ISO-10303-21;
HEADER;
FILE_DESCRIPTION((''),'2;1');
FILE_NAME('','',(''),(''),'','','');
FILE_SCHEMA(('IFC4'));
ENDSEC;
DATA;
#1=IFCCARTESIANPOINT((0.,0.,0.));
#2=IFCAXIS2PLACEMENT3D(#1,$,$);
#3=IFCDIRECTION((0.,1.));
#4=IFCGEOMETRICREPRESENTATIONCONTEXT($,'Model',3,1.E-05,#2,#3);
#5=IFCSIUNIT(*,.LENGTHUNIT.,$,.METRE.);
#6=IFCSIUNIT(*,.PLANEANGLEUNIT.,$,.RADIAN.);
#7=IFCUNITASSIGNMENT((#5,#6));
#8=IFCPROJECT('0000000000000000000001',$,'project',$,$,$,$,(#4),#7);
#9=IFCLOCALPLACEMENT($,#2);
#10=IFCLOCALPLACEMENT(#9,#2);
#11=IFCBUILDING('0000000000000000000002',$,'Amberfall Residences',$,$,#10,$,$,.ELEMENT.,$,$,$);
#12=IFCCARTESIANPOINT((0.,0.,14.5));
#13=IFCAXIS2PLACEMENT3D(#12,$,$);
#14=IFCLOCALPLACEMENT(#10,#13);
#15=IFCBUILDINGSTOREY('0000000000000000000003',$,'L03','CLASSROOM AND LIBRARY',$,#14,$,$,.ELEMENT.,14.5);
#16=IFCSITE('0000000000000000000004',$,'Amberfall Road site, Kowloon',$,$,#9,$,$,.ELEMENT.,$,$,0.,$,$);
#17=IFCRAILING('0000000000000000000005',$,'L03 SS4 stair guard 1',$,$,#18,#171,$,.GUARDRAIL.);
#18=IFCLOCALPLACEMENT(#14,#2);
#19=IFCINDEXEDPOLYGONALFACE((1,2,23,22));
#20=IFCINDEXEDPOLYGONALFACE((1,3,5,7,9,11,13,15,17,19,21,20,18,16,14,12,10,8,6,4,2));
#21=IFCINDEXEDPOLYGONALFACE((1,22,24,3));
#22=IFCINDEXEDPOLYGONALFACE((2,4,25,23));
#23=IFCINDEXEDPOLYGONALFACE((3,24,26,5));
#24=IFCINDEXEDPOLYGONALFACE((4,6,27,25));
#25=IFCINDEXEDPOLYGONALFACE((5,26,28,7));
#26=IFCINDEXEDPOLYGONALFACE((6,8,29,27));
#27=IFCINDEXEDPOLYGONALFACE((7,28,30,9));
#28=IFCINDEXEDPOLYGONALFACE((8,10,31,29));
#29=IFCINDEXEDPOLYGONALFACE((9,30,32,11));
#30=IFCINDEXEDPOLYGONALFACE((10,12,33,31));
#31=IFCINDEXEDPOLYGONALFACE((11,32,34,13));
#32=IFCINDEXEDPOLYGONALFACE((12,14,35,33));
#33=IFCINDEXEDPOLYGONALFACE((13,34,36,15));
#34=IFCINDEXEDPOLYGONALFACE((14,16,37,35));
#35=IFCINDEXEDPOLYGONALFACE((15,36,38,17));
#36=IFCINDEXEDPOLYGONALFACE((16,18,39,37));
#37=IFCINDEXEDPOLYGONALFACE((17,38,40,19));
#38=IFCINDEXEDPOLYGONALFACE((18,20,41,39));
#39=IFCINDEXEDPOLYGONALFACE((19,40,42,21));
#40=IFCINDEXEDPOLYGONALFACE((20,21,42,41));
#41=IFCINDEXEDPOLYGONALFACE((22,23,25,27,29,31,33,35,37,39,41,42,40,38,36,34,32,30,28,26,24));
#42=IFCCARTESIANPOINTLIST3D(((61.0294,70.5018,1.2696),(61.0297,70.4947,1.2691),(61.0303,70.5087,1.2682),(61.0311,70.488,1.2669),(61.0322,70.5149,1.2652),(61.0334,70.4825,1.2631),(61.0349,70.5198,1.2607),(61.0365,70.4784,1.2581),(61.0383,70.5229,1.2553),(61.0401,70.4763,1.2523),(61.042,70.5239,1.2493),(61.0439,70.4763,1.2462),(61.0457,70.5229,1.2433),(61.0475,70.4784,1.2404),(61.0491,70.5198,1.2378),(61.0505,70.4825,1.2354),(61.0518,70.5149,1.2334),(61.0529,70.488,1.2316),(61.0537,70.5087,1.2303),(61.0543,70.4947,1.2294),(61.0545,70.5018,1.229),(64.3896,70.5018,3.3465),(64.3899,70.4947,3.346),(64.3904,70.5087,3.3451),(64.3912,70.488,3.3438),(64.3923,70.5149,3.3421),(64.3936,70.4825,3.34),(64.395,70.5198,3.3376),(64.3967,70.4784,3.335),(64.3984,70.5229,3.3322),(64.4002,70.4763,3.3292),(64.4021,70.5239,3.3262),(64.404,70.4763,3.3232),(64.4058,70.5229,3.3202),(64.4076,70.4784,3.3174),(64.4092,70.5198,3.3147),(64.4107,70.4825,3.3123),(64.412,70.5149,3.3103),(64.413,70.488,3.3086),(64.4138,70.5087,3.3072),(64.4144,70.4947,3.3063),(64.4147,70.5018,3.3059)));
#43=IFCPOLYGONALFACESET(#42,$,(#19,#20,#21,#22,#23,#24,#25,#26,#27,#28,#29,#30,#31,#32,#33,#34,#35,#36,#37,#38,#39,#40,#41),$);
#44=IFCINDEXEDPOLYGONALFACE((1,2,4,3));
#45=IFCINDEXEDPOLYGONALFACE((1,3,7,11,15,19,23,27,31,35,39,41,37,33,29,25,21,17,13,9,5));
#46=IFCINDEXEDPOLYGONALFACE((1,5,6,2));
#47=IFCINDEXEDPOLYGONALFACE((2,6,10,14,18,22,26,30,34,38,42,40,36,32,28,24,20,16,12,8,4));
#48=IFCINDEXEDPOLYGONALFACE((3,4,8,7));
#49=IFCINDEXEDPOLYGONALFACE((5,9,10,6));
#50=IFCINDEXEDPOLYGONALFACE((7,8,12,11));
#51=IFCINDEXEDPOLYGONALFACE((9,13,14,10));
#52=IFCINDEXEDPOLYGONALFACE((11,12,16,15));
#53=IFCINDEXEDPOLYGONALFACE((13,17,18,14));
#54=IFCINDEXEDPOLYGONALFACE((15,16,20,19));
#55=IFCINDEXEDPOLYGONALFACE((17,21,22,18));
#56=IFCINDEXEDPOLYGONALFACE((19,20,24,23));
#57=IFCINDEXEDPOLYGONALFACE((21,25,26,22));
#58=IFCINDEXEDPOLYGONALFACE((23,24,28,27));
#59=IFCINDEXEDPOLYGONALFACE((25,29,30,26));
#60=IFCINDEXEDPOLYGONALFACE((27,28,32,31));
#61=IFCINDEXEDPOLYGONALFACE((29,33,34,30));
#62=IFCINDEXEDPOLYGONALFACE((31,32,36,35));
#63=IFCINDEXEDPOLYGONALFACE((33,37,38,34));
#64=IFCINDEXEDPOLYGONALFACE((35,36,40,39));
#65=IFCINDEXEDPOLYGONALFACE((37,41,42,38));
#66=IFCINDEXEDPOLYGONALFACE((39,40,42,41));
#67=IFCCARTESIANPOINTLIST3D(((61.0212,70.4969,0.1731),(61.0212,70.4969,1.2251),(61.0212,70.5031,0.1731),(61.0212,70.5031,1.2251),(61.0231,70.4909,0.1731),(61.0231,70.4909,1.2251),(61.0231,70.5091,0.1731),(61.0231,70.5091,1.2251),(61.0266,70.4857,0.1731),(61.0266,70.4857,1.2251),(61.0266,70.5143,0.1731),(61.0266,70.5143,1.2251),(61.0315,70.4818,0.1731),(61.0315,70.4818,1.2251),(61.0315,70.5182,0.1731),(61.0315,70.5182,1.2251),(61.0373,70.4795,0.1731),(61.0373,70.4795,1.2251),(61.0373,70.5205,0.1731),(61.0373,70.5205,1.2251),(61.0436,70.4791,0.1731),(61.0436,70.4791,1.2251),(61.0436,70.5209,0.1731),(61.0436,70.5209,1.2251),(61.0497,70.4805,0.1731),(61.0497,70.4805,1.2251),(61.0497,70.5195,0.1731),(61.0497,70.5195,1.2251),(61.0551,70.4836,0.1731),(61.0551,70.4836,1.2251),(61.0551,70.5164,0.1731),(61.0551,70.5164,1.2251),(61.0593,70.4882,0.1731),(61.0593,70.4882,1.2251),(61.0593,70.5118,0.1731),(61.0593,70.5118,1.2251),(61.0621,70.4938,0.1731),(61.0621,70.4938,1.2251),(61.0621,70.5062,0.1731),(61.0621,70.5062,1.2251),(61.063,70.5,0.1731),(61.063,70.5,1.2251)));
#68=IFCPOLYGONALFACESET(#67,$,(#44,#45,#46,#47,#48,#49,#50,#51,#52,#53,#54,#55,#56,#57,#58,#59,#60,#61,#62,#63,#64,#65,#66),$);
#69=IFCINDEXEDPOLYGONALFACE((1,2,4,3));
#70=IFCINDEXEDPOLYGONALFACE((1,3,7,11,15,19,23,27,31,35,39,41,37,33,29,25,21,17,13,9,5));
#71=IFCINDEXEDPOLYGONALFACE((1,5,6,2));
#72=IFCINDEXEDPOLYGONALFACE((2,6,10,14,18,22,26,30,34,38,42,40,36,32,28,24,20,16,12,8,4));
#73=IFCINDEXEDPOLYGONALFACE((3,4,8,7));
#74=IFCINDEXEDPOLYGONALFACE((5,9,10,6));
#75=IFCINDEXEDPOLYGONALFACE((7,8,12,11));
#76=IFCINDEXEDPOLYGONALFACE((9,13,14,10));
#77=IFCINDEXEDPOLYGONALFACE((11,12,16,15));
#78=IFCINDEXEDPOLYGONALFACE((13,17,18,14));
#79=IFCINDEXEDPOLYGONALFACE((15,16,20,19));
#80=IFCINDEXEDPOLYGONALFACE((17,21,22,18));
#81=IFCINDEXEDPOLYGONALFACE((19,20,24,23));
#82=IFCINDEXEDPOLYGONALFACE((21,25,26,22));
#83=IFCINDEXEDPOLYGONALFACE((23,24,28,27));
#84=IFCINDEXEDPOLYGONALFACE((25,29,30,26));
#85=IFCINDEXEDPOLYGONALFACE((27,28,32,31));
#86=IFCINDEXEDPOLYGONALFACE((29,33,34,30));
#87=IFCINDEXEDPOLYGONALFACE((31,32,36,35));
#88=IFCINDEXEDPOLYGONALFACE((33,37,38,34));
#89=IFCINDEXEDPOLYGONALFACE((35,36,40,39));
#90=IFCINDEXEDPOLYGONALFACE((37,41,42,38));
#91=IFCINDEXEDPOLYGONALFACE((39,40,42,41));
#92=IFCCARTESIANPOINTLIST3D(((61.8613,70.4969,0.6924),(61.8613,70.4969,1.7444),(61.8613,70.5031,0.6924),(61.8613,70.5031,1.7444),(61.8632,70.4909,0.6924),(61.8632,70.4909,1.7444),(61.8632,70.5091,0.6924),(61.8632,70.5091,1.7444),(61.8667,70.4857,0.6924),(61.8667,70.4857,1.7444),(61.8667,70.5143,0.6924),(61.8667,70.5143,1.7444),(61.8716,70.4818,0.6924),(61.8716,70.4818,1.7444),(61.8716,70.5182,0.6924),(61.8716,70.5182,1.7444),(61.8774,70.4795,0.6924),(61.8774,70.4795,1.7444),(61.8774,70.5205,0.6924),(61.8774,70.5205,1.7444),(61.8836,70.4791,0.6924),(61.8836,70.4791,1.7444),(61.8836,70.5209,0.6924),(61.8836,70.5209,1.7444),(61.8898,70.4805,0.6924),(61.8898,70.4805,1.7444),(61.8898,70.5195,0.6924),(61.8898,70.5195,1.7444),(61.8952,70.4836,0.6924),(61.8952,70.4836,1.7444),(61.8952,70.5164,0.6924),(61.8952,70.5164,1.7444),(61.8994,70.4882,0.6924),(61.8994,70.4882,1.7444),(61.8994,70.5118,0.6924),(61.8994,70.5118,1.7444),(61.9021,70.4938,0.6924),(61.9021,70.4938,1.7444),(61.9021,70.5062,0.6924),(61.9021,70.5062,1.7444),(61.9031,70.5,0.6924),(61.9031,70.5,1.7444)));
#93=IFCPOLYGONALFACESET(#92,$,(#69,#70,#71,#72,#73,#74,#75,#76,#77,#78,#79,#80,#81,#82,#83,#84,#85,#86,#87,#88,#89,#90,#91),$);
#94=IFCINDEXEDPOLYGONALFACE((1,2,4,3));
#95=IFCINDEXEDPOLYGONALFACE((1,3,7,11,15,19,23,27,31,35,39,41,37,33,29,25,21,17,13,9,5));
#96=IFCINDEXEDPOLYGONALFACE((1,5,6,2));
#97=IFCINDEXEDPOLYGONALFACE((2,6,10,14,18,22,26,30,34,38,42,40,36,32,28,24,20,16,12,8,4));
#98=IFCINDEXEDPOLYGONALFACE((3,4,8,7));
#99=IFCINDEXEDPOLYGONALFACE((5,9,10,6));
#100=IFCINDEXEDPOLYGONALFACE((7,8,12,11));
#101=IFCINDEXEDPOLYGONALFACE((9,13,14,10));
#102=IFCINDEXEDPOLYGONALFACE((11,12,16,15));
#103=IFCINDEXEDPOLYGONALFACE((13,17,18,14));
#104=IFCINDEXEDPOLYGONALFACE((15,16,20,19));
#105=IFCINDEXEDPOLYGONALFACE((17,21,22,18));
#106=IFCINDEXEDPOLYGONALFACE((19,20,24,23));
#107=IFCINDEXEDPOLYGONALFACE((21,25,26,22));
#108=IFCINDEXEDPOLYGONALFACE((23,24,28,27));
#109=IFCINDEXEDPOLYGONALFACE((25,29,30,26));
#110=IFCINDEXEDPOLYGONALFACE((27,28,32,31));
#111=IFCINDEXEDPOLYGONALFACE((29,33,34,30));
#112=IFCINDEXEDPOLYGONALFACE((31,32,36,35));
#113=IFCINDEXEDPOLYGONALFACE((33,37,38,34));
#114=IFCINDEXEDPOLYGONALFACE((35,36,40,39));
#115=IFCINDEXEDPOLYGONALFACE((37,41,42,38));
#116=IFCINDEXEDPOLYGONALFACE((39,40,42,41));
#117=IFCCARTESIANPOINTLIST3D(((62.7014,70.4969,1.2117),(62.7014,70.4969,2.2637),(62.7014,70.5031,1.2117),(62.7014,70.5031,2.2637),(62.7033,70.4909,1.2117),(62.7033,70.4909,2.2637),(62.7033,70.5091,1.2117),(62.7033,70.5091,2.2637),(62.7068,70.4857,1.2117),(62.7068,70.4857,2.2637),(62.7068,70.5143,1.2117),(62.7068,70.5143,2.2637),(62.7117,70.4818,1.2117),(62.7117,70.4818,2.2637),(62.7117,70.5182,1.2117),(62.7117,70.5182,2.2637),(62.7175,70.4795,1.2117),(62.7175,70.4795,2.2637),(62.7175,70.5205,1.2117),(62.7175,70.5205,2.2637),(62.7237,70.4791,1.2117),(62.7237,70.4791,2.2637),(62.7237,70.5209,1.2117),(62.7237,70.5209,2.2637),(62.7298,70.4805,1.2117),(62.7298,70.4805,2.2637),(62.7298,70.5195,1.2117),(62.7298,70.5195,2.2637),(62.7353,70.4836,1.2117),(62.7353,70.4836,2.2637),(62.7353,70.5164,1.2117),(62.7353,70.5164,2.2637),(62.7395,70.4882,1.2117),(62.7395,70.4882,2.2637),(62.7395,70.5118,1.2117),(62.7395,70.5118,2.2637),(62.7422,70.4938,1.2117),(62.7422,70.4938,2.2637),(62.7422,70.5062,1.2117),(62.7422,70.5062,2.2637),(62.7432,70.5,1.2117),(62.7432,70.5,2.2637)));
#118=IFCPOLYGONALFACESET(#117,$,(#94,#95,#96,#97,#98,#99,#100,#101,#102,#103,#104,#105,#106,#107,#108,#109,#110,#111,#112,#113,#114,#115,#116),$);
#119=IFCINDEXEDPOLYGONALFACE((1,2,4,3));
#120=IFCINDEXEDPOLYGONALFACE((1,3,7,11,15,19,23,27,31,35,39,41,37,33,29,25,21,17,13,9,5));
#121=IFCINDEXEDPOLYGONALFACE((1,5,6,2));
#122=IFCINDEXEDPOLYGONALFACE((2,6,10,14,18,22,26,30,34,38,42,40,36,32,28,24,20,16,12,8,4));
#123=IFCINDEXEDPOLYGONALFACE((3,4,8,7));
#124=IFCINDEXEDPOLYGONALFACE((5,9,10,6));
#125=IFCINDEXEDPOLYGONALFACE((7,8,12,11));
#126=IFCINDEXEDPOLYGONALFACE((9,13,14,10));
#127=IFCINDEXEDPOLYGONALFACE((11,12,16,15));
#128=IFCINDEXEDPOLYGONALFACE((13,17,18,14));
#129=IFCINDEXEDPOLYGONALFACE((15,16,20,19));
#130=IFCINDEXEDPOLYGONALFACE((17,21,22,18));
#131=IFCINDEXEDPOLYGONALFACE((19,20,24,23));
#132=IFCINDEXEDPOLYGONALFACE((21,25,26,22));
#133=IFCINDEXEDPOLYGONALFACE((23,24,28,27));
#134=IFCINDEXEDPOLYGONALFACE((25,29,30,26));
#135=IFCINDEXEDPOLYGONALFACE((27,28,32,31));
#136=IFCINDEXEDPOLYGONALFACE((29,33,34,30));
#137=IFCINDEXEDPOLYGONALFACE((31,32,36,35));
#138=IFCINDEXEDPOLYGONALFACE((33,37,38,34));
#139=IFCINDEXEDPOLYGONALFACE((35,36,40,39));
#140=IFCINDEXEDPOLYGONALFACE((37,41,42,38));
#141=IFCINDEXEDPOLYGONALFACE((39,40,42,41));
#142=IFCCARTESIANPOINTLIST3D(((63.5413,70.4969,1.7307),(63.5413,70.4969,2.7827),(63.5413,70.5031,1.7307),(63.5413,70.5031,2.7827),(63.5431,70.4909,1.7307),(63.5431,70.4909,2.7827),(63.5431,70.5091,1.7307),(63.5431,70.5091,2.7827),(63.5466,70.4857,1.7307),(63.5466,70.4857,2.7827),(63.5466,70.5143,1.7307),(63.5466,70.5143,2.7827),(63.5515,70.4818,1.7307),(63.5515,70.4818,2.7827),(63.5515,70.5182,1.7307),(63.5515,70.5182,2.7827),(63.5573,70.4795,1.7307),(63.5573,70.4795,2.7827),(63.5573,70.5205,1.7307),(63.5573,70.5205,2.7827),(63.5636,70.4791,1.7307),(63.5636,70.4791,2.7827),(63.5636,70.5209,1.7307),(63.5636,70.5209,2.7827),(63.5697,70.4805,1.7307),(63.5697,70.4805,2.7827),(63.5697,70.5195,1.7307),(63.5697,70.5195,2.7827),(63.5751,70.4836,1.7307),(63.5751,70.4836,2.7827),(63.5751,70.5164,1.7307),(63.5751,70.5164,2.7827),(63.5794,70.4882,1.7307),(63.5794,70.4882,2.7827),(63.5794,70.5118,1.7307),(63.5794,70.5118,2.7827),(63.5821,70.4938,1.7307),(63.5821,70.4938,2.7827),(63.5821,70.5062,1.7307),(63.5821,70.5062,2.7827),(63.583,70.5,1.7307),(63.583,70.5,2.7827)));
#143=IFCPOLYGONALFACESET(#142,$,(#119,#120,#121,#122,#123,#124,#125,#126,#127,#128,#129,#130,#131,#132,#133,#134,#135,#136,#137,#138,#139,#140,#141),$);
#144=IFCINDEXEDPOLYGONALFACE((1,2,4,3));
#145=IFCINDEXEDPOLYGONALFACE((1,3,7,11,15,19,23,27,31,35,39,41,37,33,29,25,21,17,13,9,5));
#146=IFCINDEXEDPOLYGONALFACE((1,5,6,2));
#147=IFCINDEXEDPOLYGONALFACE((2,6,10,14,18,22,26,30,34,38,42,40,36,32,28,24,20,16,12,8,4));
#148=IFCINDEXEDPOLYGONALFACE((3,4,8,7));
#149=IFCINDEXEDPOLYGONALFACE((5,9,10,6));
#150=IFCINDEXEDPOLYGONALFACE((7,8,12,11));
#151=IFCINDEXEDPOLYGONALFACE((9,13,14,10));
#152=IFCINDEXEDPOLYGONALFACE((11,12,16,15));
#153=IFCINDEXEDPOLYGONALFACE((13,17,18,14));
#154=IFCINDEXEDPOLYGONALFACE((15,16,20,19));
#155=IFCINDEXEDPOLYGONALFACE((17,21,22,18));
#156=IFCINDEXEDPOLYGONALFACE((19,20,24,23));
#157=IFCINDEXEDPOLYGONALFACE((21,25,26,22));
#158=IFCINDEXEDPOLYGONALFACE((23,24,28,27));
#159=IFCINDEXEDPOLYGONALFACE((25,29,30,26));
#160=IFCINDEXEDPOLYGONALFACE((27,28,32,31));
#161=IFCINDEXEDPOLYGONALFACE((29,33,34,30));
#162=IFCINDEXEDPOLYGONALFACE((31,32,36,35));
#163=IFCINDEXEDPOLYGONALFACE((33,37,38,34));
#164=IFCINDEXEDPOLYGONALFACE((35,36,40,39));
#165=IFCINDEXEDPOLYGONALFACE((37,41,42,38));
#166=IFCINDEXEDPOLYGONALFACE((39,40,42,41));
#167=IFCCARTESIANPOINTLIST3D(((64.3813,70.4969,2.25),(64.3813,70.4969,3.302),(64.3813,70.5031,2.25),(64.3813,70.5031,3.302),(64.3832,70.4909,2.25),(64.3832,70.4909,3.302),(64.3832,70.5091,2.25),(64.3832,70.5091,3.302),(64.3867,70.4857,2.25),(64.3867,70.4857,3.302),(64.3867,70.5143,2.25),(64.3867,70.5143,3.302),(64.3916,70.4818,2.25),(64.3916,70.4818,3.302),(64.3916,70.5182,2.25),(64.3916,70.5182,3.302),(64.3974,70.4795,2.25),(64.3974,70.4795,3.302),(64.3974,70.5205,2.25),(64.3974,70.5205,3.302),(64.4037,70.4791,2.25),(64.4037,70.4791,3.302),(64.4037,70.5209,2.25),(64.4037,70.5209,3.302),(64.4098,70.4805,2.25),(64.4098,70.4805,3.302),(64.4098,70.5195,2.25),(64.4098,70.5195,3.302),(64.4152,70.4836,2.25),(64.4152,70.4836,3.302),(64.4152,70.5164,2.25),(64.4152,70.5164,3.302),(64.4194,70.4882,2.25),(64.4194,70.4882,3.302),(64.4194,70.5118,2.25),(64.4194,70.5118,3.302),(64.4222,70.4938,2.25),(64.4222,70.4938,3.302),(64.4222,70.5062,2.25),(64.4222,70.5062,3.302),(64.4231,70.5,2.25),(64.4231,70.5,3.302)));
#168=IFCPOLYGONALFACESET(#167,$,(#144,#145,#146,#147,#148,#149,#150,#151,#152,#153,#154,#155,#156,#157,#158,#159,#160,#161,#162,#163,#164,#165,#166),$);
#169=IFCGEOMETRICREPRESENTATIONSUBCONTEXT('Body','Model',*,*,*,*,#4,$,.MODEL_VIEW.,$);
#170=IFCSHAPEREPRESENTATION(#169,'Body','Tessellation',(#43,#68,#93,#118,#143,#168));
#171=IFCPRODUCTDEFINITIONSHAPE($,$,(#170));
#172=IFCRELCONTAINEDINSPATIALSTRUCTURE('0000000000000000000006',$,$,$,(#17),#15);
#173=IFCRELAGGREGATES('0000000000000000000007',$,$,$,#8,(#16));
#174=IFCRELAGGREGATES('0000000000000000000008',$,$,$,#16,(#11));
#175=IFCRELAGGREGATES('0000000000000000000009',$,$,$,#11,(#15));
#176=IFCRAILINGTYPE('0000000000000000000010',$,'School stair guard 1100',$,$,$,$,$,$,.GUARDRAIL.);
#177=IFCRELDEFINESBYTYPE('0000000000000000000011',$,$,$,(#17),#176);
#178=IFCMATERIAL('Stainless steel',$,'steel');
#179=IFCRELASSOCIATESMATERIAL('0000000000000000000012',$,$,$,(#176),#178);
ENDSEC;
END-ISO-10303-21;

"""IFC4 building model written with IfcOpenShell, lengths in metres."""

from ifc_helpers import new_model, si_unit, direction, frame, origin, origin_2d, place, context, subcontext, project, spatial, circle, extrude, material, type_object, element, save


model = new_model("IFC4")

# Units and contexts
model_context = context("Model", 3, precision=1e-05, world=origin(), true_north=direction((0.0, 1.0)))
body_context = subcontext(model_context, "Body", "Model", "MODEL_VIEW")
ifc_project = project(units=[si_unit("LENGTHUNIT", "METRE"), si_unit("PLANEANGLEUNIT", "RADIAN")], contexts=[model_context])

# Site, building, storey
site_placement = place(None, origin())
site = spatial("IfcSite", under=ifc_project, at=site_placement, Name="Amberfall Road site, Kowloon", CompositionType="ELEMENT", RefElevation=0.0)
building_placement = place(site_placement, origin())
building = spatial("IfcBuilding", under=site, at=building_placement, Name="Amberfall Residences", CompositionType="ELEMENT")
storey_placement = place(building_placement, frame((0.0, 0.0, 14.5)))
storey = spatial("IfcBuildingStorey", under=building, at=storey_placement, Name="L03", Description="CLASSROOM AND LIBRARY", CompositionType="ELEMENT", Elevation=14.5)

# Railing
ifc_material_1 = material(Name="Stainless steel", Category="steel")
railing_type_1 = type_object("IfcRailingType", Name="School stair guard 1100", PredefinedType="GUARDRAIL", material=ifc_material_1)
railing_1_placement = place(storey_placement, frame((61.042, 70.5, 0.1731)))
element("IfcRailing", 1, at=railing_1_placement, inside=storey, type_object=railing_type_1, Name="L03 SS4 stair guard 1", PredefinedType="GUARDRAIL", context=body_context, shape_type="SweptSolid", body=[
    extrude(circle(Radius=0.0239, at=origin_2d()), frame((0.0, 0.0, 1.0762), z_axis=(0.850623, 0.0, 0.525776), x_axis=(0.0, 1.0, 0.0)), (0.0, 0.0, 1.0), 3.9502),
    extrude(circle(Radius=0.021, at=origin_2d()), origin(), (0.0, 0.0, 1.0), 1.052),
    extrude(circle(Radius=0.021, at=origin_2d()), frame((0.8401, 0.0, 0.5193)), (0.0, 0.0, 1.0), 1.052),
    extrude(circle(Radius=0.021, at=origin_2d()), frame((1.6802, 0.0, 1.0386)), (0.0, 0.0, 1.0), 1.052),
    extrude(circle(Radius=0.021, at=origin_2d()), frame((2.52, 0.0, 1.5576)), (0.0, 0.0, 1.0), 1.052),
    extrude(circle(Radius=0.021, at=origin_2d()), frame((3.3601, 0.0, 2.0769)), (0.0, 0.0, 1.0), 1.052),
])

save(model, "model.ifc")
